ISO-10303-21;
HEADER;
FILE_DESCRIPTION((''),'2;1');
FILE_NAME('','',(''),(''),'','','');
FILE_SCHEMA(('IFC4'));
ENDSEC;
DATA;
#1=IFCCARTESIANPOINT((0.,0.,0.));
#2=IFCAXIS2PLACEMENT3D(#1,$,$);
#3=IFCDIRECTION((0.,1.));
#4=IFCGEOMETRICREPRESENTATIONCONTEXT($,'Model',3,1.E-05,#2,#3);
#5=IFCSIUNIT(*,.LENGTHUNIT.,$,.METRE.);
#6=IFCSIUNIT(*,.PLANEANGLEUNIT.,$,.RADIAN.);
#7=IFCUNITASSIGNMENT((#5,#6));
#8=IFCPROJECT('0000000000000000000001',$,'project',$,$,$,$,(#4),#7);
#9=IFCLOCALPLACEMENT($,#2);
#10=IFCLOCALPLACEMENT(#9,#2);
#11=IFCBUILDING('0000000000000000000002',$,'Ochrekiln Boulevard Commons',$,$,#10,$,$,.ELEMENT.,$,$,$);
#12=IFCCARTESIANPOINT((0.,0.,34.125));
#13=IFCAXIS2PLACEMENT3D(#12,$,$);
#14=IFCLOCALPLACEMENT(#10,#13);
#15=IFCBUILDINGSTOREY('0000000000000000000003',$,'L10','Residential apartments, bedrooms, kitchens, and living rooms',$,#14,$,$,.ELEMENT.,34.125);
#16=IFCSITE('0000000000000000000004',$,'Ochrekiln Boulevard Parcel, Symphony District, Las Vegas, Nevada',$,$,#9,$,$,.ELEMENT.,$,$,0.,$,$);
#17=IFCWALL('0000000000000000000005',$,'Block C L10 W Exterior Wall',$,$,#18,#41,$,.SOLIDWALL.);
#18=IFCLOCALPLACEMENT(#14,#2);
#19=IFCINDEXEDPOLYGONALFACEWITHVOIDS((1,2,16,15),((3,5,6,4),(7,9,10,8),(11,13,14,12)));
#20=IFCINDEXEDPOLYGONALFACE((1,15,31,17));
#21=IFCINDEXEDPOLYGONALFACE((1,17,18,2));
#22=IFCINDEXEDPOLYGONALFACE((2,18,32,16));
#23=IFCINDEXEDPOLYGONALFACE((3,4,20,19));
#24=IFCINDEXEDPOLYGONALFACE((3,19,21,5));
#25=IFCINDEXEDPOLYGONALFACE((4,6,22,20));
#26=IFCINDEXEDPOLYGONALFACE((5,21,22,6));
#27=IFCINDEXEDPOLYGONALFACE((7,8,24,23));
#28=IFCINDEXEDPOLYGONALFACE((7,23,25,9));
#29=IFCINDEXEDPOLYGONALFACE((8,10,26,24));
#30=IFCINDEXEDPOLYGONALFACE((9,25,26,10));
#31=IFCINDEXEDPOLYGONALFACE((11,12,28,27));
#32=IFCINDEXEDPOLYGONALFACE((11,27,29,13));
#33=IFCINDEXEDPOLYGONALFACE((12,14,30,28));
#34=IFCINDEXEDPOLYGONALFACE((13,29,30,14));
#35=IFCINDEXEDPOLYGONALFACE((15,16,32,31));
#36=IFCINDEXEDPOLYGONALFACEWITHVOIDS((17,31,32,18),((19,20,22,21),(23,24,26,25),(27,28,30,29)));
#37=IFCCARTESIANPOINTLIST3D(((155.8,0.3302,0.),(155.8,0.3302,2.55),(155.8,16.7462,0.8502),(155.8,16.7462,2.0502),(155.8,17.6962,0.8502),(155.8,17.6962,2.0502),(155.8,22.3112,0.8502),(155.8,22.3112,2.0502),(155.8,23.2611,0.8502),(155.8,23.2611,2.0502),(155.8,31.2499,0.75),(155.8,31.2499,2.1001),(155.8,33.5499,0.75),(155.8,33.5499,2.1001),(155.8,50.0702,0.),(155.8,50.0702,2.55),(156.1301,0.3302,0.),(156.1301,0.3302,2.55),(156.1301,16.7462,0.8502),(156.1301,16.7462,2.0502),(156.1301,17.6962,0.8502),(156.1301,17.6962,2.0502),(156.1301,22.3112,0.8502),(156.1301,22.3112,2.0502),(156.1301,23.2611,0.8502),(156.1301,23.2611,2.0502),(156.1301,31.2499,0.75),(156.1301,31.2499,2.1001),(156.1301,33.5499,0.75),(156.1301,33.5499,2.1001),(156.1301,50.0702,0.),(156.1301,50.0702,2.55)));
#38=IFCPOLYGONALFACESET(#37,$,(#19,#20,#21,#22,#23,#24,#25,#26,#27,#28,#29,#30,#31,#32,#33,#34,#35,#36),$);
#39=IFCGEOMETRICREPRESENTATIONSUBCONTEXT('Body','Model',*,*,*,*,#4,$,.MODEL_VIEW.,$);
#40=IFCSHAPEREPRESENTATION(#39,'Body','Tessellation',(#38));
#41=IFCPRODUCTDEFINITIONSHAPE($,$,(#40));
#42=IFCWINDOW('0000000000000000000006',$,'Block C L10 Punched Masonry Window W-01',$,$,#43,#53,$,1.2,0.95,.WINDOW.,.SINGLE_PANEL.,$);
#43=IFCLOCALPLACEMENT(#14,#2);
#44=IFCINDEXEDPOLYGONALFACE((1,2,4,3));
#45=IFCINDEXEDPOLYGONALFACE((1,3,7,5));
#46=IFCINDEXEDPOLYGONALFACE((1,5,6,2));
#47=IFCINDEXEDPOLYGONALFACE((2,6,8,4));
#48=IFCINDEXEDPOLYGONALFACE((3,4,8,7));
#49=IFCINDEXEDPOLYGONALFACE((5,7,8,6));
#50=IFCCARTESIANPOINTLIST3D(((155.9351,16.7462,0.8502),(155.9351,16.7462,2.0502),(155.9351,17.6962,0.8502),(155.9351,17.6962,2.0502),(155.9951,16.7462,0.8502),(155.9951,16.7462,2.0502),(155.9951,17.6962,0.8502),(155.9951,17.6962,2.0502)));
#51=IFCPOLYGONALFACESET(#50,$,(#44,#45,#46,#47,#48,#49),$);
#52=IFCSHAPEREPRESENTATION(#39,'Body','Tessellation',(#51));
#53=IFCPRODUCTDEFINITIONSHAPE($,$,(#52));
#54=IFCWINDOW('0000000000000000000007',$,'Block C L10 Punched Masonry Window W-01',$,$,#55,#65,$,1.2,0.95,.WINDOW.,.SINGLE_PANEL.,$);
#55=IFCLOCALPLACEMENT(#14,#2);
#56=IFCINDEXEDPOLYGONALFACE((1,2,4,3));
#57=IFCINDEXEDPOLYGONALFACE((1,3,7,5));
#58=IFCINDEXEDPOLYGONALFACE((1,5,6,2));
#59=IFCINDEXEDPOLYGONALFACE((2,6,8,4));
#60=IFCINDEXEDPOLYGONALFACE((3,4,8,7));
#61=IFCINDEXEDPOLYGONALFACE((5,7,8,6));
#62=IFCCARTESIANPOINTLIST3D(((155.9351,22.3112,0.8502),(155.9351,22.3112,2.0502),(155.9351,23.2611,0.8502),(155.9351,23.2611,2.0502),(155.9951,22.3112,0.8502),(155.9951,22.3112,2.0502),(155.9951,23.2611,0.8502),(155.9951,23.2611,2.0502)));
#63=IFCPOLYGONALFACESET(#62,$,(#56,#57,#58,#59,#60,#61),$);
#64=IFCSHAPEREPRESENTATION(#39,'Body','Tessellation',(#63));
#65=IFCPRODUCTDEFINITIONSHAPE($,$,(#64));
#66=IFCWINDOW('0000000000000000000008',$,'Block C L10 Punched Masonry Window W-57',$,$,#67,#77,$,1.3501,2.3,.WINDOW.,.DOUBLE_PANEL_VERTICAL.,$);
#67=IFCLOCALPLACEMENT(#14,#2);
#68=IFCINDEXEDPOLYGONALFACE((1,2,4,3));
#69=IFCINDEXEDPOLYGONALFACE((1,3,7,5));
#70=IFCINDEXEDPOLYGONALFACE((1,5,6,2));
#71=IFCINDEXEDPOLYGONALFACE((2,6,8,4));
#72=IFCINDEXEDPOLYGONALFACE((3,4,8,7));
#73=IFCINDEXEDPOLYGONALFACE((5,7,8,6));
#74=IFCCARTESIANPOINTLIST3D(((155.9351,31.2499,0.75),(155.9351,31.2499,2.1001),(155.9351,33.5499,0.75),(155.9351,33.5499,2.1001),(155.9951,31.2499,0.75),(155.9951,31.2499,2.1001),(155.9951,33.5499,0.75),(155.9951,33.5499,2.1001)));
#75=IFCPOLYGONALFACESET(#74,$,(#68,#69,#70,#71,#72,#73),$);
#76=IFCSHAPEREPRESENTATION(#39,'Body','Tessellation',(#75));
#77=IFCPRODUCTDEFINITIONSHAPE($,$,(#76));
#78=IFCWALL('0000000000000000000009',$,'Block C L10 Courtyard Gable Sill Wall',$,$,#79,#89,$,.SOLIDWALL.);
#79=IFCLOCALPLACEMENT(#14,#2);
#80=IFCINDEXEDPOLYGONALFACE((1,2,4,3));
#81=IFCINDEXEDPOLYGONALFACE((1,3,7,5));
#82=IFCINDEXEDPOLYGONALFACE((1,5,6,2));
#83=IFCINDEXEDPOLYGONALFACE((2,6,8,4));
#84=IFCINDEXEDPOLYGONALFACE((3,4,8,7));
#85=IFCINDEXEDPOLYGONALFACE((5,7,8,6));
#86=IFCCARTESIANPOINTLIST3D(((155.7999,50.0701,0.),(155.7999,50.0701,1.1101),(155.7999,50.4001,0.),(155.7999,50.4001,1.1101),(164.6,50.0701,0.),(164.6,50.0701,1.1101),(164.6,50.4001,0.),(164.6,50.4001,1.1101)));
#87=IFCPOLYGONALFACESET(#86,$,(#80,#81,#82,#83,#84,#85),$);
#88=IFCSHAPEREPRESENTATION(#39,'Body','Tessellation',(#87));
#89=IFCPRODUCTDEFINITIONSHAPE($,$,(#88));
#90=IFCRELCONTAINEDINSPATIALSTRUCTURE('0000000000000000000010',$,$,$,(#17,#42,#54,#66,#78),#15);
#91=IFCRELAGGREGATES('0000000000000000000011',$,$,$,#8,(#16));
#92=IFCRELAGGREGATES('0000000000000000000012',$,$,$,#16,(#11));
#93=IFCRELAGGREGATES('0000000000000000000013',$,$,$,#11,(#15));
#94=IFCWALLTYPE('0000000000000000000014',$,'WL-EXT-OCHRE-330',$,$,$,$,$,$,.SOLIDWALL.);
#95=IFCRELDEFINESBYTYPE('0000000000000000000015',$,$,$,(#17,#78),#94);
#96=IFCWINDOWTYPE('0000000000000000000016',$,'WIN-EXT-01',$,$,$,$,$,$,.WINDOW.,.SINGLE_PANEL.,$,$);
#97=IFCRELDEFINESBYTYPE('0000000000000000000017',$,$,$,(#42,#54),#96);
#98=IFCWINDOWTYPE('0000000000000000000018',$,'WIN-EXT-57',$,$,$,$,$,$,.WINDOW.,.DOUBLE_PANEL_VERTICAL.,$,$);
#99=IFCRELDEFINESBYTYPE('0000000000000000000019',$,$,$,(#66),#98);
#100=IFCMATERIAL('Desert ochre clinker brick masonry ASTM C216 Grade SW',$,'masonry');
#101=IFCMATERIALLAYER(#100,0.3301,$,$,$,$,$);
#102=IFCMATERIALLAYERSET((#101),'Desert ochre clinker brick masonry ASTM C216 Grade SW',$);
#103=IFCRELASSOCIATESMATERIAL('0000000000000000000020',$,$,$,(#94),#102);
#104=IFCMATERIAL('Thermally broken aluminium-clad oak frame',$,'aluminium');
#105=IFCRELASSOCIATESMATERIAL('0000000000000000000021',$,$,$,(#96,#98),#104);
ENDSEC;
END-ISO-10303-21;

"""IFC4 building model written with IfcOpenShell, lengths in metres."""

from ifc_helpers import new_model, si_unit, direction, frame, frame_2d, origin, place, context, subcontext, project, spatial, rectangle, extrude, material, layer, layer_set, type_object, element, fill, save


model = new_model("IFC4")

# Units and contexts
model_context = context("Model", 3, precision=1e-05, world=origin(), true_north=direction((0.0, 1.0)))
body_context = subcontext(model_context, "Body", "Model", "MODEL_VIEW")
ifc_project = project(units=[si_unit("LENGTHUNIT", "METRE"), si_unit("PLANEANGLEUNIT", "RADIAN")], contexts=[model_context])

# Site, building, storey
site_placement = place(None, origin())
site = spatial("IfcSite", under=ifc_project, at=site_placement, Name="Ochrekiln Boulevard Parcel, Symphony District, Las Vegas, Nevada", CompositionType="ELEMENT", RefElevation=0.0)
building_placement = place(site_placement, origin())
building = spatial("IfcBuilding", under=site, at=building_placement, Name="Ochrekiln Boulevard Commons", CompositionType="ELEMENT")
storey_placement = place(building_placement, frame((0.0, 0.0, 34.125)))
storey = spatial("IfcBuildingStorey", under=building, at=storey_placement, Name="L10", Description="Residential apartments, bedrooms, kitchens, and living rooms", CompositionType="ELEMENT", Elevation=34.125)

# Shared definitions
ifc_material_1 = material(Name="Desert ochre clinker brick masonry ASTM C216 Grade SW", Category="masonry")
ifc_layer_1 = layer(ifc_material_1, 0.3301)
ifc_layer_set_1 = layer_set([ifc_layer_1], Name="Desert ochre clinker brick masonry ASTM C216 Grade SW")
wall_type = type_object("IfcWallType", Name="WL-EXT-OCHRE-330", PredefinedType="SOLIDWALL", material=ifc_layer_set_1)

# Wall, openings, windows
wall_1_placement = place(storey_placement, frame((155.9651, 0.3301, 0.0), z_axis=(0.0, 0.0, 1.0), x_axis=(0.0, 1.0, 0.0)))
wall_1 = element("IfcWall", 1, at=wall_1_placement, inside=storey, type_object=wall_type, Name="Block C L10 W Exterior Wall", PredefinedType="SOLIDWALL", context=body_context, shape_type="SweptSolid", body=[
    extrude(rectangle(XDim=49.74, YDim=0.3301, at=frame_2d((24.8701, 0.0))), origin(), (0.0, 0.0, 1.0), 2.55),
])
opening_1_placement = place(wall_1_placement, frame((16.416, 0.0, 0.8501)))
opening_1 = element("IfcOpeningElement", 2, at=opening_1_placement, cuts=wall_1, PredefinedType="OPENING", context=body_context, shape_type="SweptSolid", body=[
    extrude(rectangle(XDim=0.95, YDim=1.2, at=frame_2d((0.4751, 0.6001))), frame((0.0, 0.175, 0.0), z_axis=(0.0, -1.0, 0.0), x_axis=(1.0, 0.0, 0.0)), (0.0, 0.0, 1.0), 0.3501),
])
opening_2_placement = place(wall_1_placement, frame((21.981, 0.0, 0.8501)))
opening_2 = element("IfcOpeningElement", 3, at=opening_2_placement, cuts=wall_1, PredefinedType="OPENING", context=body_context, shape_type="SweptSolid", body=[
    extrude(rectangle(XDim=0.95, YDim=1.2, at=frame_2d((0.4751, 0.6001))), frame((0.0, 0.175, 0.0), z_axis=(0.0, -1.0, 0.0), x_axis=(1.0, 0.0, 0.0)), (0.0, 0.0, 1.0), 0.3501),
])
opening_3_placement = place(wall_1_placement, frame((30.9199, 0.0, 0.75)))
opening_3 = element("IfcOpeningElement", 4, at=opening_3_placement, cuts=wall_1, PredefinedType="OPENING", context=body_context, shape_type="SweptSolid", body=[
    extrude(rectangle(XDim=2.3, YDim=1.3501, at=frame_2d((1.1499, 0.675))), frame((0.0, 0.175, 0.0), z_axis=(0.0, -1.0, 0.0), x_axis=(1.0, 0.0, 0.0)), (0.0, 0.0, 1.0), 0.3501),
])
ifc_material_2 = material(Name="Thermally broken aluminium-clad oak frame", Category="aluminium")
window_type_1 = type_object("IfcWindowType", Name="WIN-EXT-01", PartitioningType="SINGLE_PANEL", PredefinedType="WINDOW", material=ifc_material_2)
window_1_placement = place(opening_1_placement, origin())
window_1 = element("IfcWindow", 5, at=window_1_placement, inside=storey, type_object=window_type_1, Name="Block C L10 Punched Masonry Window W-01", OverallHeight=1.2, OverallWidth=0.95, PartitioningType="SINGLE_PANEL", PredefinedType="WINDOW", context=body_context, shape_type="SweptSolid", body=[
    extrude(rectangle(XDim=0.95, YDim=1.2, at=frame_2d((0.4751, 0.6001))), frame((0.0, 0.03, 0.0), z_axis=(0.0, -1.0, 0.0), x_axis=(1.0, 0.0, 0.0)), (0.0, 0.0, 1.0), 0.0601),
])
fill(opening_1, window_1)
window_2_placement = place(opening_2_placement, origin())
window_2 = element("IfcWindow", 6, at=window_2_placement, inside=storey, type_object=window_type_1, Name="Block C L10 Punched Masonry Window W-01", OverallHeight=1.2, OverallWidth=0.95, PartitioningType="SINGLE_PANEL", PredefinedType="WINDOW", context=body_context, shape_type="SweptSolid", body=[
    extrude(rectangle(XDim=0.95, YDim=1.2, at=frame_2d((0.4751, 0.6001))), frame((0.0, 0.03, 0.0), z_axis=(0.0, -1.0, 0.0), x_axis=(1.0, 0.0, 0.0)), (0.0, 0.0, 1.0), 0.0601),
])
fill(opening_2, window_2)
window_type_2 = type_object("IfcWindowType", Name="WIN-EXT-57", PartitioningType="DOUBLE_PANEL_VERTICAL", PredefinedType="WINDOW", material=ifc_material_2)
window_3_placement = place(opening_3_placement, origin())
window_3 = element("IfcWindow", 7, at=window_3_placement, inside=storey, type_object=window_type_2, Name="Block C L10 Punched Masonry Window W-57", OverallHeight=1.3501, OverallWidth=2.3, PartitioningType="DOUBLE_PANEL_VERTICAL", PredefinedType="WINDOW", context=body_context, shape_type="SweptSolid", body=[
    extrude(rectangle(XDim=2.3, YDim=1.3501, at=frame_2d((1.1499, 0.675))), frame((0.0, 0.03, 0.0), z_axis=(0.0, -1.0, 0.0), x_axis=(1.0, 0.0, 0.0)), (0.0, 0.0, 1.0), 0.0601),
])
fill(opening_3, window_3)

# Wall
wall_2_placement = place(storey_placement, frame((155.8, 50.2351, 0.0), z_axis=(0.0, 0.0, 1.0), x_axis=(1.0, 0.0, 0.0)))
element("IfcWall", 8, at=wall_2_placement, inside=storey, type_object=wall_type, Name="Block C L10 Courtyard Gable Sill Wall", PredefinedType="SOLIDWALL", context=body_context, shape_type="SweptSolid", body=[
    extrude(rectangle(XDim=8.8, YDim=0.3301, at=frame_2d((4.3999, 0.0))), origin(), (0.0, 0.0, 1.0), 1.1101),
])

save(model, "model.ifc")
